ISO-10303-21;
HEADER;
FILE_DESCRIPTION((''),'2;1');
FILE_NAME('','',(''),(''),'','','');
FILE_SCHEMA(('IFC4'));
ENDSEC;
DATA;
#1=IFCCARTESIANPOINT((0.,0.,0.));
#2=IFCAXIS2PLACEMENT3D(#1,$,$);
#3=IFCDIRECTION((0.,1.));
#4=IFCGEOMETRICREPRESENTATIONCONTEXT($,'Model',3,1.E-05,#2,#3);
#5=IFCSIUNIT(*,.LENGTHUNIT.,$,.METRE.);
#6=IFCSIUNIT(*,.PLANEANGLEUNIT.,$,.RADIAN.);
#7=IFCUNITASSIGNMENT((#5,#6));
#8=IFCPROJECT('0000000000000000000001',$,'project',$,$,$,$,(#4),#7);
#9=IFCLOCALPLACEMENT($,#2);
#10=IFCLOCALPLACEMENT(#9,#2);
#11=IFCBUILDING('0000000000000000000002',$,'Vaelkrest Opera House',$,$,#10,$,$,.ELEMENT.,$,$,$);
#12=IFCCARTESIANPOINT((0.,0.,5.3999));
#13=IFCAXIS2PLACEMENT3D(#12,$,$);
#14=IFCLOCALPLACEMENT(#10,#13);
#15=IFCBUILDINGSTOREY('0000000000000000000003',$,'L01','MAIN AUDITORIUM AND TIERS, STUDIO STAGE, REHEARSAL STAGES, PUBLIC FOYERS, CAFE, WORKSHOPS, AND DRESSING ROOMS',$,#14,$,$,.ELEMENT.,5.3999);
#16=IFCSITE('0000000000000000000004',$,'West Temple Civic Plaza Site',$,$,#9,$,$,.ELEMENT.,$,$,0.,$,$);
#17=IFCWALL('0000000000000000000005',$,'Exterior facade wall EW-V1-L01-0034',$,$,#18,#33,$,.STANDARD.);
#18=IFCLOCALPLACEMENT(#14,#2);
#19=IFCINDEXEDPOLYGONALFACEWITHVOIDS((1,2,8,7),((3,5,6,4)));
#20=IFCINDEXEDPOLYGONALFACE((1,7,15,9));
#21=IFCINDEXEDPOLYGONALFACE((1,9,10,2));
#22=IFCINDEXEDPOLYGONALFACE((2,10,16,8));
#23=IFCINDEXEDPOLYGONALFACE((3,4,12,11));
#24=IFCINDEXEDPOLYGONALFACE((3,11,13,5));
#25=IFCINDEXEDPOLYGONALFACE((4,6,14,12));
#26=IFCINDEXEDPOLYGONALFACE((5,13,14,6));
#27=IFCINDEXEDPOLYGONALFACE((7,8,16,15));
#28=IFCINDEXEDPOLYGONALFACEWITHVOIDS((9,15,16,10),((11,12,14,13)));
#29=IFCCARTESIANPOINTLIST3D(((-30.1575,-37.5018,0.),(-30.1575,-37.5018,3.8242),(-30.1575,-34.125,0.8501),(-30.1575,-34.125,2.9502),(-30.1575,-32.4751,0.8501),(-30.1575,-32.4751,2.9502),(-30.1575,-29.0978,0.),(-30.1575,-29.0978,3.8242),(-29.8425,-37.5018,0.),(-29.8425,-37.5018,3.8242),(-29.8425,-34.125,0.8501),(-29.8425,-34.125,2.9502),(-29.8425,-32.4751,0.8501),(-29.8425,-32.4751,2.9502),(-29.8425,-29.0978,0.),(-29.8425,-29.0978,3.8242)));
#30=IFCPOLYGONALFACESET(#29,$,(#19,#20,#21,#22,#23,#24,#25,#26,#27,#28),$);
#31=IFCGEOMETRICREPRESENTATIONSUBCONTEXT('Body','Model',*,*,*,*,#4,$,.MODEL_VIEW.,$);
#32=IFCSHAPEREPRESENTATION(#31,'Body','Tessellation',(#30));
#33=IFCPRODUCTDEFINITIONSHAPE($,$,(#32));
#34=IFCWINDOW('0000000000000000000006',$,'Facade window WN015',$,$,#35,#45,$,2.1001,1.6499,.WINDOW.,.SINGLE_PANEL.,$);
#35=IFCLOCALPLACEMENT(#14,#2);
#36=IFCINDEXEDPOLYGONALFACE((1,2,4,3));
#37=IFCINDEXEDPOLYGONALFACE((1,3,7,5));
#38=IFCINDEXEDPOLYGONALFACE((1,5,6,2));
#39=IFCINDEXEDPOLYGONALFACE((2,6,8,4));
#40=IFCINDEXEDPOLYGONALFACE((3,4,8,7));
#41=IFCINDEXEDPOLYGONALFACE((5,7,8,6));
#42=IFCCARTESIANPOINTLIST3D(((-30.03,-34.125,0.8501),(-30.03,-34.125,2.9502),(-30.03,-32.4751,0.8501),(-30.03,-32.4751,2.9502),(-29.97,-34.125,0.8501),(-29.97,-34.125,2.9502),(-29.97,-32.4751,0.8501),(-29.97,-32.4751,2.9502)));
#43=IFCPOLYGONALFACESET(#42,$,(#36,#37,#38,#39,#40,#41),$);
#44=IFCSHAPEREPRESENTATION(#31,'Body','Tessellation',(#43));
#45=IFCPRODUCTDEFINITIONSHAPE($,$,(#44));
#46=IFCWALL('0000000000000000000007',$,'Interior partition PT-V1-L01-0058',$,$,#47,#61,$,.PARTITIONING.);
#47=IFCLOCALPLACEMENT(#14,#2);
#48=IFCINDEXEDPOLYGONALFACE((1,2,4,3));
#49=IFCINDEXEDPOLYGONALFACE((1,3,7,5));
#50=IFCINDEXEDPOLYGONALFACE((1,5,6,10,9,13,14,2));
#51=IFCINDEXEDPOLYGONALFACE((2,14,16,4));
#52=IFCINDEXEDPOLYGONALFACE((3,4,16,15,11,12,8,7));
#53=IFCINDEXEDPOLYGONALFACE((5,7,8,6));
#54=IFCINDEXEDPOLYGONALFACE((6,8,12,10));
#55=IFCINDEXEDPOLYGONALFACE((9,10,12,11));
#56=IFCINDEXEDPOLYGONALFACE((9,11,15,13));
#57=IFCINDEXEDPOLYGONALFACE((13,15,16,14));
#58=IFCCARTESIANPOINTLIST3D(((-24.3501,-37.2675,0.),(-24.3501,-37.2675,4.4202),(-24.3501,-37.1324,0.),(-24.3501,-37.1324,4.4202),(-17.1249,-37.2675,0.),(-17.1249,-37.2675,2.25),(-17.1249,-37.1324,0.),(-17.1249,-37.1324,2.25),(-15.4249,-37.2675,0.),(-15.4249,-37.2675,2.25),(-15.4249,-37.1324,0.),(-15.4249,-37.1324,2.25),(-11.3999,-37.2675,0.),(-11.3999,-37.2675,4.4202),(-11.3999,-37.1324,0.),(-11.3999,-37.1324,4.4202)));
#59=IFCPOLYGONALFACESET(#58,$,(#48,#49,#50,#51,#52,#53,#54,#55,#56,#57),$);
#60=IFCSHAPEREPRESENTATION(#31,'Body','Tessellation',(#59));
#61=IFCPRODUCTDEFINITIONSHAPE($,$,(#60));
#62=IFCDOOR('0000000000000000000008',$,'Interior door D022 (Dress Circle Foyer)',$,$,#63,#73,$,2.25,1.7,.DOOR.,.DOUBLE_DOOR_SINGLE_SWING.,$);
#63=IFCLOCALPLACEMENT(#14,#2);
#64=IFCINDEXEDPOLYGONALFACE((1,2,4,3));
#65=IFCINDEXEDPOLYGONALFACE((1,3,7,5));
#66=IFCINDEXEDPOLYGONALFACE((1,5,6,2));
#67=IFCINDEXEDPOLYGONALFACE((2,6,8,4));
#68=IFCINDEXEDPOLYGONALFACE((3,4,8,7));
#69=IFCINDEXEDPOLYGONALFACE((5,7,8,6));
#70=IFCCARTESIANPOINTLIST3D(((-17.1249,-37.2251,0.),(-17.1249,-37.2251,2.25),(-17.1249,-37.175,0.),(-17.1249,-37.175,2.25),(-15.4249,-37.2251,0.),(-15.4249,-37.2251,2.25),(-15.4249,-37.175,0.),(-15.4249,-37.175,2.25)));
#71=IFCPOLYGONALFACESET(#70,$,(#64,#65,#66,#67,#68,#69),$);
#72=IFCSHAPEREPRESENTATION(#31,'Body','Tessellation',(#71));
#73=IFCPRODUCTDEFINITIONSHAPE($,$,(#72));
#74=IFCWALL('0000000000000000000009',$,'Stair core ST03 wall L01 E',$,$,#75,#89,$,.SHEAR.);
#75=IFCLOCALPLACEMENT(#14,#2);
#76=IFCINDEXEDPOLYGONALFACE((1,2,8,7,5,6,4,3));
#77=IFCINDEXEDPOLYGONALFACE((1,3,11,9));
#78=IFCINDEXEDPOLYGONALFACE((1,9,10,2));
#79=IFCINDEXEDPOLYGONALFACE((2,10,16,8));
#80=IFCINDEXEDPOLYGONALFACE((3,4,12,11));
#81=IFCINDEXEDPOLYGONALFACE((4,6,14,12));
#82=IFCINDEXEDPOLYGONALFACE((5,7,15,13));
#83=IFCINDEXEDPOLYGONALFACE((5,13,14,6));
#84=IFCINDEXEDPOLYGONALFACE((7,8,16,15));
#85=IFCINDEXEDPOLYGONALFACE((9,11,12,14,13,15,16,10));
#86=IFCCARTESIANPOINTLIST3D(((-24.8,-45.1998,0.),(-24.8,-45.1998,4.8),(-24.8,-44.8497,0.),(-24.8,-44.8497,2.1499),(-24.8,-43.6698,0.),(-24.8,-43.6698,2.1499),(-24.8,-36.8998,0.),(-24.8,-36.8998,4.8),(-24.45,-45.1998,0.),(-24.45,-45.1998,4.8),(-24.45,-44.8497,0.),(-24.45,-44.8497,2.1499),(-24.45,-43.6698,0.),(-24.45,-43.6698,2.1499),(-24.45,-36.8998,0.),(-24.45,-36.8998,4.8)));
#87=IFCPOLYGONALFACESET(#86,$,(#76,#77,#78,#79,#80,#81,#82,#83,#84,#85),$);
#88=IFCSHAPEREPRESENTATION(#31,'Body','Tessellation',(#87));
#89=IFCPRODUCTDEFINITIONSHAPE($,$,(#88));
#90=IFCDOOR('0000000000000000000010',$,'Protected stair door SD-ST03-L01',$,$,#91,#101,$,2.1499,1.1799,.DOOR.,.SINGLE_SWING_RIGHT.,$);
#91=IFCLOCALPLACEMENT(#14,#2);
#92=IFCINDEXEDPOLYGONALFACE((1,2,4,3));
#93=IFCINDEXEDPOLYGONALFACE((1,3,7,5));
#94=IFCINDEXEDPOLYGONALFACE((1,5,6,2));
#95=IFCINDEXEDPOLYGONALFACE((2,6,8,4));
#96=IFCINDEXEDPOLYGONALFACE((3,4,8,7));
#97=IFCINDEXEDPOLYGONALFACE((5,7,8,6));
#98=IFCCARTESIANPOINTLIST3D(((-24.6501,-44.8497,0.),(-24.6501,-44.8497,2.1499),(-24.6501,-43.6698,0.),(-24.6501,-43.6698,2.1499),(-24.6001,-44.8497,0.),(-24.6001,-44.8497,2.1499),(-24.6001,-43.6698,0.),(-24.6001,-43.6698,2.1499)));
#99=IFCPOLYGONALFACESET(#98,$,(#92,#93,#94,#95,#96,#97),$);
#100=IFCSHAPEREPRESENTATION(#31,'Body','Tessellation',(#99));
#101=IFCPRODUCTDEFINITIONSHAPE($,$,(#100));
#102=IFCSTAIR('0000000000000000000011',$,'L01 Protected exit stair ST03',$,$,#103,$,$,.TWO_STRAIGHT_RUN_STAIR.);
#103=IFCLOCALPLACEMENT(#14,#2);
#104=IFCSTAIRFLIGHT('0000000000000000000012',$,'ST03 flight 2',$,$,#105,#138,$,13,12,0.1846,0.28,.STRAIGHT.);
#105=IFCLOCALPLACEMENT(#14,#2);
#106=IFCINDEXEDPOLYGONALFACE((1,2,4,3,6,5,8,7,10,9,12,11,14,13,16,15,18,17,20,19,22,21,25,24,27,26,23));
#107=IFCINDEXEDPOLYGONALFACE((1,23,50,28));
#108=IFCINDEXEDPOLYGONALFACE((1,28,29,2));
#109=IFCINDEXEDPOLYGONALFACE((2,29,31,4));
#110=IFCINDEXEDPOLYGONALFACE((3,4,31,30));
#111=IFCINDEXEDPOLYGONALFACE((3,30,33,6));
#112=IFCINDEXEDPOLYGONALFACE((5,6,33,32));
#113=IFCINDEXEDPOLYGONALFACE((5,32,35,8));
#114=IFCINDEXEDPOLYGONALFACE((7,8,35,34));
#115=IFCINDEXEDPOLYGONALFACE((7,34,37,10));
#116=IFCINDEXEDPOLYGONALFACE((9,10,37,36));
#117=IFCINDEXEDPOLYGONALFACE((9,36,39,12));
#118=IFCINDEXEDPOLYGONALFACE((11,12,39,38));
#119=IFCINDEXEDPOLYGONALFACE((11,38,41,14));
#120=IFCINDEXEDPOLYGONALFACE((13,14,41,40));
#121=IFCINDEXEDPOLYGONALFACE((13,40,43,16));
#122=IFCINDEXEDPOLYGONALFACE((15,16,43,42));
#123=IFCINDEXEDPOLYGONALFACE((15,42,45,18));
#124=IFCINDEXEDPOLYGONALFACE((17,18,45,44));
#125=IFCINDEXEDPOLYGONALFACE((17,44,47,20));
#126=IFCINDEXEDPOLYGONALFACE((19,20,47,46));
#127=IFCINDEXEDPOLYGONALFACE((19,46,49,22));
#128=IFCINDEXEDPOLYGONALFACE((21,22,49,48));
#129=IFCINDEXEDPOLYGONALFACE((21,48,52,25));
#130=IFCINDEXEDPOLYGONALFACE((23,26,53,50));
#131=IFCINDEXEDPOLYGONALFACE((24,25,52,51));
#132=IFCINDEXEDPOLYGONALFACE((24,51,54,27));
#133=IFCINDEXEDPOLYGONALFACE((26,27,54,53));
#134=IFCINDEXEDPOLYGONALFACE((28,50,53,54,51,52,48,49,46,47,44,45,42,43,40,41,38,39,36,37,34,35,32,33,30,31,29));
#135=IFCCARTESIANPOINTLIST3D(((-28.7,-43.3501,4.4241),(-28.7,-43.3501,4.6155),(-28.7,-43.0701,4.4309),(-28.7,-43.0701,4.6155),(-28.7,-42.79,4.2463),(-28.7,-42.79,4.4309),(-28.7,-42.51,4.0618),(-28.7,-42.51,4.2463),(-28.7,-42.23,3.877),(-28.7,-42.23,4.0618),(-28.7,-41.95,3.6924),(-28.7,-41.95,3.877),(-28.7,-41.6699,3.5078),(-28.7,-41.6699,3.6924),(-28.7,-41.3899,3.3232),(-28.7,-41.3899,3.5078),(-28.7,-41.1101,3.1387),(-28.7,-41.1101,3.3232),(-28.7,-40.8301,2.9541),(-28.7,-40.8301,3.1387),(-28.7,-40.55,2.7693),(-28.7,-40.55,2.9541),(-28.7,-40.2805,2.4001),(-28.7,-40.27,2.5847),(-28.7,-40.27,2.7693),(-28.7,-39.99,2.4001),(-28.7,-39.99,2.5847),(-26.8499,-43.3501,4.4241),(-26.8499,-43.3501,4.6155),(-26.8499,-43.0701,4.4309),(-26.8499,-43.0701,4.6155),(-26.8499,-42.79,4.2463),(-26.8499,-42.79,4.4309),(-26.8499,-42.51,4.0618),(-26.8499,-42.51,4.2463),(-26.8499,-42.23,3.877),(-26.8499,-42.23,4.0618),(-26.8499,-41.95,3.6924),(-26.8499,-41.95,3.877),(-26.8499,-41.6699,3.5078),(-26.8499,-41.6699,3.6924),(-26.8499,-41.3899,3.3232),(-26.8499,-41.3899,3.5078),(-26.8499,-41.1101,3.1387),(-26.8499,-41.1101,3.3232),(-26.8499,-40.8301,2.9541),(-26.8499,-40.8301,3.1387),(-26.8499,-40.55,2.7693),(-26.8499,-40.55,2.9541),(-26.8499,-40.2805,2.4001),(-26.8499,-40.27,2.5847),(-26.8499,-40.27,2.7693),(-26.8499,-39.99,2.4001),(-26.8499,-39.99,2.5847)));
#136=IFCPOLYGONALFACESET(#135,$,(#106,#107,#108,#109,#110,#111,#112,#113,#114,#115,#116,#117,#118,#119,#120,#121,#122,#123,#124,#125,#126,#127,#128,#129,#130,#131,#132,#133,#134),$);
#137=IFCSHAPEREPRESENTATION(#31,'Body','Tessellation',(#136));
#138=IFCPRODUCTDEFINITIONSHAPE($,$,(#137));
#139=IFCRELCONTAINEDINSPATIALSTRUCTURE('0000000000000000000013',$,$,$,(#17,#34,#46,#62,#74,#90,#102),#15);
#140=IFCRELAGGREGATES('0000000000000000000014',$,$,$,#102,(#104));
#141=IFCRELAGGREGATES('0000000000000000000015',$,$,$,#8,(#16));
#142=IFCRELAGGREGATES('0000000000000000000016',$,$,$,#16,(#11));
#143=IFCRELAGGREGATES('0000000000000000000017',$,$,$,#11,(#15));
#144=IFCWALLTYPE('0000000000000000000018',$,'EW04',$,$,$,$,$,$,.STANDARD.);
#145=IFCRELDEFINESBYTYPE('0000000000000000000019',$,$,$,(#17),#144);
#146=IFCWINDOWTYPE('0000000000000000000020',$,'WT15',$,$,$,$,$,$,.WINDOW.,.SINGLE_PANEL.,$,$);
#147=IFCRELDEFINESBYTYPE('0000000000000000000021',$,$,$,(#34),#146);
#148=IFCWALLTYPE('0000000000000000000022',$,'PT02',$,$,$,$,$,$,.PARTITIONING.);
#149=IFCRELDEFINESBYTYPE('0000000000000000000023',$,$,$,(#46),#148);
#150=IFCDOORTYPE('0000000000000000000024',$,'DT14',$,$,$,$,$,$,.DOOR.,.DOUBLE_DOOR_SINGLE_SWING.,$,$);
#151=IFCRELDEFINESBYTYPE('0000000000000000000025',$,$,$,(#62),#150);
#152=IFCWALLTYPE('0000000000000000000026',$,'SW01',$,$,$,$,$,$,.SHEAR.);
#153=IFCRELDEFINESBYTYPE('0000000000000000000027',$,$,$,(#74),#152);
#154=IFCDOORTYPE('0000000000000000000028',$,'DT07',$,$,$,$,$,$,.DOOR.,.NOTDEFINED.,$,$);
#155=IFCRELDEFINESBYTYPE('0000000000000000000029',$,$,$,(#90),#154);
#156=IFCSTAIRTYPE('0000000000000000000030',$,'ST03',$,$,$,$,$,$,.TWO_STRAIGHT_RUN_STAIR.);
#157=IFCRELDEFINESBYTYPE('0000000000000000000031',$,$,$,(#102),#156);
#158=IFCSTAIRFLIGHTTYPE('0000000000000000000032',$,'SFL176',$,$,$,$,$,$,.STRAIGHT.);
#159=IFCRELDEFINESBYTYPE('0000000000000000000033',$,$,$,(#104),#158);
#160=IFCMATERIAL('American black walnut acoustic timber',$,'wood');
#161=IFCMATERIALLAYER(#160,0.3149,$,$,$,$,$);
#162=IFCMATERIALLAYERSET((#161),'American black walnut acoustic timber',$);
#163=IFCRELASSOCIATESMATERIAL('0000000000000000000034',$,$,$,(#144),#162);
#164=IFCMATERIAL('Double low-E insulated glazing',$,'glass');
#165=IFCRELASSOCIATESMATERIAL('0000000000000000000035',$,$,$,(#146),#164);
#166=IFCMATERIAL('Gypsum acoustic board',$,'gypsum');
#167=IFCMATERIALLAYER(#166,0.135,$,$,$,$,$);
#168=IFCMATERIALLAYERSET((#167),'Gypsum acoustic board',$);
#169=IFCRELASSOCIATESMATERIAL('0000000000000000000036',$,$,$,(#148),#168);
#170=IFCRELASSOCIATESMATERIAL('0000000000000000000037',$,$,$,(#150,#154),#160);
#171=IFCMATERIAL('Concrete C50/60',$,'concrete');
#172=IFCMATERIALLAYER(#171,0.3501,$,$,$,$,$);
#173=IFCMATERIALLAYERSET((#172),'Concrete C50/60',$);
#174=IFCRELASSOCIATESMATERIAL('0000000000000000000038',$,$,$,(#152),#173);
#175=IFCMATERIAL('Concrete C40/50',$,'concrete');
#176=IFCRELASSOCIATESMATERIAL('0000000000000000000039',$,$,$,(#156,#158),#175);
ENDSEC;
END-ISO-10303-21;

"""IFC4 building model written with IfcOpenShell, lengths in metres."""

from ifc_helpers import new_model, si_unit, direction, frame, frame_2d, origin, place, context, subcontext, project, spatial, polyline, rectangle, outline, extrude, material, layer, layer_set, type_object, element, fill, aggregate, save


model = new_model("IFC4")

# Units and contexts
model_context = context("Model", 3, precision=1e-05, world=origin(), true_north=direction((0.0, 1.0)))
body_context = subcontext(model_context, "Body", "Model", "MODEL_VIEW")
ifc_project = project(units=[si_unit("LENGTHUNIT", "METRE"), si_unit("PLANEANGLEUNIT", "RADIAN")], contexts=[model_context])

# Site, building, storey
site_placement = place(None, origin())
site = spatial("IfcSite", under=ifc_project, at=site_placement, Name="West Temple Civic Plaza Site", CompositionType="ELEMENT", RefElevation=0.0)
building_placement = place(site_placement, origin())
building = spatial("IfcBuilding", under=site, at=building_placement, Name="Vaelkrest Opera House", CompositionType="ELEMENT")
storey_placement = place(building_placement, frame((0.0, 0.0, 5.3999)))
storey = spatial("IfcBuildingStorey", under=building, at=storey_placement, Name="L01", Description="MAIN AUDITORIUM AND TIERS, STUDIO STAGE, REHEARSAL STAGES, PUBLIC FOYERS, CAFE, WORKSHOPS, AND DRESSING ROOMS", CompositionType="ELEMENT", Elevation=5.3999)

# Shared definitions
ifc_material_1 = material(Name="Concrete C50/60", Category="concrete")

# Shared definitions
ifc_material_2 = material(Name="Double low-E insulated glazing", Category="glass")

# Wall, opening, window
ifc_material_3 = material(Name="American black walnut acoustic timber", Category="wood")
ifc_layer_1 = layer(ifc_material_3, 0.3149)
ifc_layer_set_1 = layer_set([ifc_layer_1], Name="American black walnut acoustic timber")
wall_type_1 = type_object("IfcWallType", Name="EW04", PredefinedType="STANDARD", material=ifc_layer_set_1)
wall_1_placement = place(storey_placement, frame((-30.0, -37.502, 0.0), z_axis=(0.0, 0.0, 1.0), x_axis=(0.0, 1.0, 0.0)))
wall_1 = element("IfcWall", 1, at=wall_1_placement, inside=storey, type_object=wall_type_1, Name="Exterior facade wall EW-V1-L01-0034", PredefinedType="STANDARD", context=body_context, shape_type="SweptSolid", body=[
    extrude(rectangle(XDim=8.4041, YDim=0.3149, at=frame_2d((4.2021, 0.0))), origin(), (0.0, 0.0, 1.0), 3.8242),
])
opening_1_placement = place(wall_1_placement, frame((3.377, 0.0, 0.8501)))
opening_1 = element("IfcOpeningElement", 2, at=opening_1_placement, cuts=wall_1, PredefinedType="OPENING", context=body_context, shape_type="SweptSolid", body=[
    extrude(rectangle(XDim=1.6499, YDim=2.1001, at=frame_2d((0.825, 1.05))), frame((0.0, 0.1675, 0.0), z_axis=(0.0, -1.0, 0.0), x_axis=(1.0, 0.0, 0.0)), (0.0, 0.0, 1.0), 0.335),
])
window_type = type_object("IfcWindowType", Name="WT15", PartitioningType="SINGLE_PANEL", PredefinedType="WINDOW", material=ifc_material_2)
window_placement = place(opening_1_placement, origin())
window = element("IfcWindow", 3, at=window_placement, inside=storey, type_object=window_type, Name="Facade window WN015", OverallHeight=2.1001, OverallWidth=1.6499, PartitioningType="SINGLE_PANEL", PredefinedType="WINDOW", context=body_context, shape_type="SweptSolid", body=[
    extrude(rectangle(XDim=1.6499, YDim=2.1001, at=frame_2d((0.825, 1.05))), frame((0.0, 0.03, 0.0), z_axis=(0.0, -1.0, 0.0), x_axis=(1.0, 0.0, 0.0)), (0.0, 0.0, 1.0), 0.0601),
])
fill(opening_1, window)

# Walls, openings, doors
ifc_material_4 = material(Name="Gypsum acoustic board", Category="gypsum")
ifc_layer_2 = layer(ifc_material_4, 0.135)
ifc_layer_set_2 = layer_set([ifc_layer_2], Name="Gypsum acoustic board")
wall_type_2 = type_object("IfcWallType", Name="PT02", PredefinedType="PARTITIONING", material=ifc_layer_set_2)
wall_2_placement = place(storey_placement, frame((-24.3501, -37.2, 0.0), z_axis=(0.0, 0.0, 1.0), x_axis=(1.0, 0.0, 0.0)))
wall_2 = element("IfcWall", 4, at=wall_2_placement, inside=storey, type_object=wall_type_2, Name="Interior partition PT-V1-L01-0058", PredefinedType="PARTITIONING", context=body_context, shape_type="SweptSolid", body=[
    extrude(rectangle(XDim=12.9502, YDim=0.135, at=frame_2d((6.4751, 0.0))), origin(), (0.0, 0.0, 1.0), 4.4202),
])
opening_2_placement = place(wall_2_placement, frame((7.2251, 0.0, 0.0)))
opening_2 = element("IfcOpeningElement", 5, at=opening_2_placement, cuts=wall_2, PredefinedType="OPENING", context=body_context, shape_type="SweptSolid", body=[
    extrude(rectangle(XDim=1.7, YDim=2.25, at=frame_2d((0.8501, 1.125))), frame((0.0, 0.0774, 0.0), z_axis=(0.0, -1.0, 0.0), x_axis=(1.0, 0.0, 0.0)), (0.0, 0.0, 1.0), 0.155),
])
door_type_1 = type_object("IfcDoorType", Name="DT14", OperationType="DOUBLE_DOOR_SINGLE_SWING", PredefinedType="DOOR", material=ifc_material_3)
door_1_placement = place(opening_2_placement, origin())
door_1 = element("IfcDoor", 6, at=door_1_placement, inside=storey, type_object=door_type_1, Name="Interior door D022 (Dress Circle Foyer)", OperationType="DOUBLE_DOOR_SINGLE_SWING", OverallHeight=2.25, OverallWidth=1.7, PredefinedType="DOOR", context=body_context, shape_type="SweptSolid", body=[
    extrude(rectangle(XDim=1.7, YDim=2.25, at=frame_2d((0.8501, 1.125))), frame((0.0, 0.0249, 0.0), z_axis=(0.0, -1.0, 0.0), x_axis=(1.0, 0.0, 0.0)), (0.0, 0.0, 1.0), 0.05),
])
fill(opening_2, door_1)
ifc_layer_3 = layer(ifc_material_1, 0.3501)
ifc_layer_set_3 = layer_set([ifc_layer_3], Name="Concrete C50/60")
wall_type_3 = type_object("IfcWallType", Name="SW01", PredefinedType="SHEAR", material=ifc_layer_set_3)
wall_3_placement = place(storey_placement, frame((-24.625, -36.8999, 0.0), z_axis=(0.0, 0.0, 1.0), x_axis=(0.0, -1.0, 0.0)))
wall_3 = element("IfcWall", 7, at=wall_3_placement, inside=storey, type_object=wall_type_3, Name="Stair core ST03 wall L01 E", PredefinedType="SHEAR", context=body_context, shape_type="SweptSolid", body=[
    extrude(rectangle(XDim=8.3, YDim=0.3501, at=frame_2d((4.1499, 0.0))), origin(), (0.0, 0.0, 1.0), 4.8),
])
opening_3_placement = place(wall_3_placement, frame((6.77, 0.0, 0.0)))
opening_3 = element("IfcOpeningElement", 8, at=opening_3_placement, cuts=wall_3, PredefinedType="OPENING", context=body_context, shape_type="SweptSolid", body=[
    extrude(rectangle(XDim=1.1799, YDim=2.1499, at=frame_2d((0.5898, 1.075))), frame((0.0, 0.1851, 0.0), z_axis=(0.0, -1.0, 0.0), x_axis=(1.0, 0.0, 0.0)), (0.0, 0.0, 1.0), 0.3701),
])
door_type_2 = type_object("IfcDoorType", Name="DT07", OperationType="NOTDEFINED", PredefinedType="DOOR", material=ifc_material_3)
door_2_placement = place(opening_3_placement, origin())
door_2 = element("IfcDoor", 9, at=door_2_placement, inside=storey, type_object=door_type_2, Name="Protected stair door SD-ST03-L01", OperationType="SINGLE_SWING_RIGHT", OverallHeight=2.1499, OverallWidth=1.1799, PredefinedType="DOOR", context=body_context, shape_type="SweptSolid", body=[
    extrude(rectangle(XDim=1.1799, YDim=2.1499, at=frame_2d((0.5898, 1.075))), frame((0.0, 0.0249, 0.0), z_axis=(0.0, -1.0, 0.0), x_axis=(1.0, 0.0, 0.0)), (0.0, 0.0, 1.0), 0.05),
])
fill(opening_3, door_2)

# Stair, stair flight
ifc_material_5 = material(Name="Concrete C40/50", Category="concrete")
stair_type = type_object("IfcStairType", Name="ST03", PredefinedType="TWO_STRAIGHT_RUN_STAIR", material=ifc_material_5)
stair_placement = place(storey_placement, origin())
stair = element("IfcStair", 10, at=stair_placement, inside=storey, type_object=stair_type, Name="L01 Protected exit stair ST03", PredefinedType="TWO_STRAIGHT_RUN_STAIR")
stair_flight_type = type_object("IfcStairFlightType", Name="SFL176", PredefinedType="STRAIGHT", material=ifc_material_5)
stair_flight_placement = place(storey_placement, frame((-27.7749, -39.99, 2.4001), z_axis=(0.0, 0.0, 1.0), x_axis=(0.0, -1.0, 0.0)))
stair_flight = element("IfcStairFlight", 11, at=stair_flight_placement, type_object=stair_flight_type, Name="ST03 flight 2", NumberOfRisers=13, NumberOfTreads=12, PredefinedType="STRAIGHT", RiserHeight=0.1846, TreadLength=0.28, context=body_context, shape_type="SweptSolid", body=[
    extrude(outline(polyline([(0.0, 0.0), (0.0, 0.1846), (0.28, 0.1846), (0.28, 0.3691), (0.5601, 0.3691), (0.5601, 0.554), (0.8401, 0.554), (0.8401, 0.7385), (1.1201, 0.7385), (1.1201, 0.9231), (1.3999, 0.9231), (1.3999, 1.1077), (1.6799, 1.1077), (1.6799, 1.2922), (1.96, 1.2922), (1.96, 1.4768), (2.24, 1.4768), (2.24, 1.6616), (2.52, 1.6616), (2.52, 1.8462), (2.8, 1.8462), (2.8, 2.0308), (3.0801, 2.0308), (3.0801, 2.2153), (3.3601, 2.2153), (3.3601, 2.3999), (3.3601, 2.0239), (0.2905, 0.0), (0.0, 0.0)])), frame((0.0, 0.925, 0.0), z_axis=(0.0, -1.0, 0.0), x_axis=(1.0, 0.0, 0.0)), (0.0, 0.0, 1.0), 1.8501),
])
aggregate(stair, [stair_flight])

save(model, "model.ifc")
